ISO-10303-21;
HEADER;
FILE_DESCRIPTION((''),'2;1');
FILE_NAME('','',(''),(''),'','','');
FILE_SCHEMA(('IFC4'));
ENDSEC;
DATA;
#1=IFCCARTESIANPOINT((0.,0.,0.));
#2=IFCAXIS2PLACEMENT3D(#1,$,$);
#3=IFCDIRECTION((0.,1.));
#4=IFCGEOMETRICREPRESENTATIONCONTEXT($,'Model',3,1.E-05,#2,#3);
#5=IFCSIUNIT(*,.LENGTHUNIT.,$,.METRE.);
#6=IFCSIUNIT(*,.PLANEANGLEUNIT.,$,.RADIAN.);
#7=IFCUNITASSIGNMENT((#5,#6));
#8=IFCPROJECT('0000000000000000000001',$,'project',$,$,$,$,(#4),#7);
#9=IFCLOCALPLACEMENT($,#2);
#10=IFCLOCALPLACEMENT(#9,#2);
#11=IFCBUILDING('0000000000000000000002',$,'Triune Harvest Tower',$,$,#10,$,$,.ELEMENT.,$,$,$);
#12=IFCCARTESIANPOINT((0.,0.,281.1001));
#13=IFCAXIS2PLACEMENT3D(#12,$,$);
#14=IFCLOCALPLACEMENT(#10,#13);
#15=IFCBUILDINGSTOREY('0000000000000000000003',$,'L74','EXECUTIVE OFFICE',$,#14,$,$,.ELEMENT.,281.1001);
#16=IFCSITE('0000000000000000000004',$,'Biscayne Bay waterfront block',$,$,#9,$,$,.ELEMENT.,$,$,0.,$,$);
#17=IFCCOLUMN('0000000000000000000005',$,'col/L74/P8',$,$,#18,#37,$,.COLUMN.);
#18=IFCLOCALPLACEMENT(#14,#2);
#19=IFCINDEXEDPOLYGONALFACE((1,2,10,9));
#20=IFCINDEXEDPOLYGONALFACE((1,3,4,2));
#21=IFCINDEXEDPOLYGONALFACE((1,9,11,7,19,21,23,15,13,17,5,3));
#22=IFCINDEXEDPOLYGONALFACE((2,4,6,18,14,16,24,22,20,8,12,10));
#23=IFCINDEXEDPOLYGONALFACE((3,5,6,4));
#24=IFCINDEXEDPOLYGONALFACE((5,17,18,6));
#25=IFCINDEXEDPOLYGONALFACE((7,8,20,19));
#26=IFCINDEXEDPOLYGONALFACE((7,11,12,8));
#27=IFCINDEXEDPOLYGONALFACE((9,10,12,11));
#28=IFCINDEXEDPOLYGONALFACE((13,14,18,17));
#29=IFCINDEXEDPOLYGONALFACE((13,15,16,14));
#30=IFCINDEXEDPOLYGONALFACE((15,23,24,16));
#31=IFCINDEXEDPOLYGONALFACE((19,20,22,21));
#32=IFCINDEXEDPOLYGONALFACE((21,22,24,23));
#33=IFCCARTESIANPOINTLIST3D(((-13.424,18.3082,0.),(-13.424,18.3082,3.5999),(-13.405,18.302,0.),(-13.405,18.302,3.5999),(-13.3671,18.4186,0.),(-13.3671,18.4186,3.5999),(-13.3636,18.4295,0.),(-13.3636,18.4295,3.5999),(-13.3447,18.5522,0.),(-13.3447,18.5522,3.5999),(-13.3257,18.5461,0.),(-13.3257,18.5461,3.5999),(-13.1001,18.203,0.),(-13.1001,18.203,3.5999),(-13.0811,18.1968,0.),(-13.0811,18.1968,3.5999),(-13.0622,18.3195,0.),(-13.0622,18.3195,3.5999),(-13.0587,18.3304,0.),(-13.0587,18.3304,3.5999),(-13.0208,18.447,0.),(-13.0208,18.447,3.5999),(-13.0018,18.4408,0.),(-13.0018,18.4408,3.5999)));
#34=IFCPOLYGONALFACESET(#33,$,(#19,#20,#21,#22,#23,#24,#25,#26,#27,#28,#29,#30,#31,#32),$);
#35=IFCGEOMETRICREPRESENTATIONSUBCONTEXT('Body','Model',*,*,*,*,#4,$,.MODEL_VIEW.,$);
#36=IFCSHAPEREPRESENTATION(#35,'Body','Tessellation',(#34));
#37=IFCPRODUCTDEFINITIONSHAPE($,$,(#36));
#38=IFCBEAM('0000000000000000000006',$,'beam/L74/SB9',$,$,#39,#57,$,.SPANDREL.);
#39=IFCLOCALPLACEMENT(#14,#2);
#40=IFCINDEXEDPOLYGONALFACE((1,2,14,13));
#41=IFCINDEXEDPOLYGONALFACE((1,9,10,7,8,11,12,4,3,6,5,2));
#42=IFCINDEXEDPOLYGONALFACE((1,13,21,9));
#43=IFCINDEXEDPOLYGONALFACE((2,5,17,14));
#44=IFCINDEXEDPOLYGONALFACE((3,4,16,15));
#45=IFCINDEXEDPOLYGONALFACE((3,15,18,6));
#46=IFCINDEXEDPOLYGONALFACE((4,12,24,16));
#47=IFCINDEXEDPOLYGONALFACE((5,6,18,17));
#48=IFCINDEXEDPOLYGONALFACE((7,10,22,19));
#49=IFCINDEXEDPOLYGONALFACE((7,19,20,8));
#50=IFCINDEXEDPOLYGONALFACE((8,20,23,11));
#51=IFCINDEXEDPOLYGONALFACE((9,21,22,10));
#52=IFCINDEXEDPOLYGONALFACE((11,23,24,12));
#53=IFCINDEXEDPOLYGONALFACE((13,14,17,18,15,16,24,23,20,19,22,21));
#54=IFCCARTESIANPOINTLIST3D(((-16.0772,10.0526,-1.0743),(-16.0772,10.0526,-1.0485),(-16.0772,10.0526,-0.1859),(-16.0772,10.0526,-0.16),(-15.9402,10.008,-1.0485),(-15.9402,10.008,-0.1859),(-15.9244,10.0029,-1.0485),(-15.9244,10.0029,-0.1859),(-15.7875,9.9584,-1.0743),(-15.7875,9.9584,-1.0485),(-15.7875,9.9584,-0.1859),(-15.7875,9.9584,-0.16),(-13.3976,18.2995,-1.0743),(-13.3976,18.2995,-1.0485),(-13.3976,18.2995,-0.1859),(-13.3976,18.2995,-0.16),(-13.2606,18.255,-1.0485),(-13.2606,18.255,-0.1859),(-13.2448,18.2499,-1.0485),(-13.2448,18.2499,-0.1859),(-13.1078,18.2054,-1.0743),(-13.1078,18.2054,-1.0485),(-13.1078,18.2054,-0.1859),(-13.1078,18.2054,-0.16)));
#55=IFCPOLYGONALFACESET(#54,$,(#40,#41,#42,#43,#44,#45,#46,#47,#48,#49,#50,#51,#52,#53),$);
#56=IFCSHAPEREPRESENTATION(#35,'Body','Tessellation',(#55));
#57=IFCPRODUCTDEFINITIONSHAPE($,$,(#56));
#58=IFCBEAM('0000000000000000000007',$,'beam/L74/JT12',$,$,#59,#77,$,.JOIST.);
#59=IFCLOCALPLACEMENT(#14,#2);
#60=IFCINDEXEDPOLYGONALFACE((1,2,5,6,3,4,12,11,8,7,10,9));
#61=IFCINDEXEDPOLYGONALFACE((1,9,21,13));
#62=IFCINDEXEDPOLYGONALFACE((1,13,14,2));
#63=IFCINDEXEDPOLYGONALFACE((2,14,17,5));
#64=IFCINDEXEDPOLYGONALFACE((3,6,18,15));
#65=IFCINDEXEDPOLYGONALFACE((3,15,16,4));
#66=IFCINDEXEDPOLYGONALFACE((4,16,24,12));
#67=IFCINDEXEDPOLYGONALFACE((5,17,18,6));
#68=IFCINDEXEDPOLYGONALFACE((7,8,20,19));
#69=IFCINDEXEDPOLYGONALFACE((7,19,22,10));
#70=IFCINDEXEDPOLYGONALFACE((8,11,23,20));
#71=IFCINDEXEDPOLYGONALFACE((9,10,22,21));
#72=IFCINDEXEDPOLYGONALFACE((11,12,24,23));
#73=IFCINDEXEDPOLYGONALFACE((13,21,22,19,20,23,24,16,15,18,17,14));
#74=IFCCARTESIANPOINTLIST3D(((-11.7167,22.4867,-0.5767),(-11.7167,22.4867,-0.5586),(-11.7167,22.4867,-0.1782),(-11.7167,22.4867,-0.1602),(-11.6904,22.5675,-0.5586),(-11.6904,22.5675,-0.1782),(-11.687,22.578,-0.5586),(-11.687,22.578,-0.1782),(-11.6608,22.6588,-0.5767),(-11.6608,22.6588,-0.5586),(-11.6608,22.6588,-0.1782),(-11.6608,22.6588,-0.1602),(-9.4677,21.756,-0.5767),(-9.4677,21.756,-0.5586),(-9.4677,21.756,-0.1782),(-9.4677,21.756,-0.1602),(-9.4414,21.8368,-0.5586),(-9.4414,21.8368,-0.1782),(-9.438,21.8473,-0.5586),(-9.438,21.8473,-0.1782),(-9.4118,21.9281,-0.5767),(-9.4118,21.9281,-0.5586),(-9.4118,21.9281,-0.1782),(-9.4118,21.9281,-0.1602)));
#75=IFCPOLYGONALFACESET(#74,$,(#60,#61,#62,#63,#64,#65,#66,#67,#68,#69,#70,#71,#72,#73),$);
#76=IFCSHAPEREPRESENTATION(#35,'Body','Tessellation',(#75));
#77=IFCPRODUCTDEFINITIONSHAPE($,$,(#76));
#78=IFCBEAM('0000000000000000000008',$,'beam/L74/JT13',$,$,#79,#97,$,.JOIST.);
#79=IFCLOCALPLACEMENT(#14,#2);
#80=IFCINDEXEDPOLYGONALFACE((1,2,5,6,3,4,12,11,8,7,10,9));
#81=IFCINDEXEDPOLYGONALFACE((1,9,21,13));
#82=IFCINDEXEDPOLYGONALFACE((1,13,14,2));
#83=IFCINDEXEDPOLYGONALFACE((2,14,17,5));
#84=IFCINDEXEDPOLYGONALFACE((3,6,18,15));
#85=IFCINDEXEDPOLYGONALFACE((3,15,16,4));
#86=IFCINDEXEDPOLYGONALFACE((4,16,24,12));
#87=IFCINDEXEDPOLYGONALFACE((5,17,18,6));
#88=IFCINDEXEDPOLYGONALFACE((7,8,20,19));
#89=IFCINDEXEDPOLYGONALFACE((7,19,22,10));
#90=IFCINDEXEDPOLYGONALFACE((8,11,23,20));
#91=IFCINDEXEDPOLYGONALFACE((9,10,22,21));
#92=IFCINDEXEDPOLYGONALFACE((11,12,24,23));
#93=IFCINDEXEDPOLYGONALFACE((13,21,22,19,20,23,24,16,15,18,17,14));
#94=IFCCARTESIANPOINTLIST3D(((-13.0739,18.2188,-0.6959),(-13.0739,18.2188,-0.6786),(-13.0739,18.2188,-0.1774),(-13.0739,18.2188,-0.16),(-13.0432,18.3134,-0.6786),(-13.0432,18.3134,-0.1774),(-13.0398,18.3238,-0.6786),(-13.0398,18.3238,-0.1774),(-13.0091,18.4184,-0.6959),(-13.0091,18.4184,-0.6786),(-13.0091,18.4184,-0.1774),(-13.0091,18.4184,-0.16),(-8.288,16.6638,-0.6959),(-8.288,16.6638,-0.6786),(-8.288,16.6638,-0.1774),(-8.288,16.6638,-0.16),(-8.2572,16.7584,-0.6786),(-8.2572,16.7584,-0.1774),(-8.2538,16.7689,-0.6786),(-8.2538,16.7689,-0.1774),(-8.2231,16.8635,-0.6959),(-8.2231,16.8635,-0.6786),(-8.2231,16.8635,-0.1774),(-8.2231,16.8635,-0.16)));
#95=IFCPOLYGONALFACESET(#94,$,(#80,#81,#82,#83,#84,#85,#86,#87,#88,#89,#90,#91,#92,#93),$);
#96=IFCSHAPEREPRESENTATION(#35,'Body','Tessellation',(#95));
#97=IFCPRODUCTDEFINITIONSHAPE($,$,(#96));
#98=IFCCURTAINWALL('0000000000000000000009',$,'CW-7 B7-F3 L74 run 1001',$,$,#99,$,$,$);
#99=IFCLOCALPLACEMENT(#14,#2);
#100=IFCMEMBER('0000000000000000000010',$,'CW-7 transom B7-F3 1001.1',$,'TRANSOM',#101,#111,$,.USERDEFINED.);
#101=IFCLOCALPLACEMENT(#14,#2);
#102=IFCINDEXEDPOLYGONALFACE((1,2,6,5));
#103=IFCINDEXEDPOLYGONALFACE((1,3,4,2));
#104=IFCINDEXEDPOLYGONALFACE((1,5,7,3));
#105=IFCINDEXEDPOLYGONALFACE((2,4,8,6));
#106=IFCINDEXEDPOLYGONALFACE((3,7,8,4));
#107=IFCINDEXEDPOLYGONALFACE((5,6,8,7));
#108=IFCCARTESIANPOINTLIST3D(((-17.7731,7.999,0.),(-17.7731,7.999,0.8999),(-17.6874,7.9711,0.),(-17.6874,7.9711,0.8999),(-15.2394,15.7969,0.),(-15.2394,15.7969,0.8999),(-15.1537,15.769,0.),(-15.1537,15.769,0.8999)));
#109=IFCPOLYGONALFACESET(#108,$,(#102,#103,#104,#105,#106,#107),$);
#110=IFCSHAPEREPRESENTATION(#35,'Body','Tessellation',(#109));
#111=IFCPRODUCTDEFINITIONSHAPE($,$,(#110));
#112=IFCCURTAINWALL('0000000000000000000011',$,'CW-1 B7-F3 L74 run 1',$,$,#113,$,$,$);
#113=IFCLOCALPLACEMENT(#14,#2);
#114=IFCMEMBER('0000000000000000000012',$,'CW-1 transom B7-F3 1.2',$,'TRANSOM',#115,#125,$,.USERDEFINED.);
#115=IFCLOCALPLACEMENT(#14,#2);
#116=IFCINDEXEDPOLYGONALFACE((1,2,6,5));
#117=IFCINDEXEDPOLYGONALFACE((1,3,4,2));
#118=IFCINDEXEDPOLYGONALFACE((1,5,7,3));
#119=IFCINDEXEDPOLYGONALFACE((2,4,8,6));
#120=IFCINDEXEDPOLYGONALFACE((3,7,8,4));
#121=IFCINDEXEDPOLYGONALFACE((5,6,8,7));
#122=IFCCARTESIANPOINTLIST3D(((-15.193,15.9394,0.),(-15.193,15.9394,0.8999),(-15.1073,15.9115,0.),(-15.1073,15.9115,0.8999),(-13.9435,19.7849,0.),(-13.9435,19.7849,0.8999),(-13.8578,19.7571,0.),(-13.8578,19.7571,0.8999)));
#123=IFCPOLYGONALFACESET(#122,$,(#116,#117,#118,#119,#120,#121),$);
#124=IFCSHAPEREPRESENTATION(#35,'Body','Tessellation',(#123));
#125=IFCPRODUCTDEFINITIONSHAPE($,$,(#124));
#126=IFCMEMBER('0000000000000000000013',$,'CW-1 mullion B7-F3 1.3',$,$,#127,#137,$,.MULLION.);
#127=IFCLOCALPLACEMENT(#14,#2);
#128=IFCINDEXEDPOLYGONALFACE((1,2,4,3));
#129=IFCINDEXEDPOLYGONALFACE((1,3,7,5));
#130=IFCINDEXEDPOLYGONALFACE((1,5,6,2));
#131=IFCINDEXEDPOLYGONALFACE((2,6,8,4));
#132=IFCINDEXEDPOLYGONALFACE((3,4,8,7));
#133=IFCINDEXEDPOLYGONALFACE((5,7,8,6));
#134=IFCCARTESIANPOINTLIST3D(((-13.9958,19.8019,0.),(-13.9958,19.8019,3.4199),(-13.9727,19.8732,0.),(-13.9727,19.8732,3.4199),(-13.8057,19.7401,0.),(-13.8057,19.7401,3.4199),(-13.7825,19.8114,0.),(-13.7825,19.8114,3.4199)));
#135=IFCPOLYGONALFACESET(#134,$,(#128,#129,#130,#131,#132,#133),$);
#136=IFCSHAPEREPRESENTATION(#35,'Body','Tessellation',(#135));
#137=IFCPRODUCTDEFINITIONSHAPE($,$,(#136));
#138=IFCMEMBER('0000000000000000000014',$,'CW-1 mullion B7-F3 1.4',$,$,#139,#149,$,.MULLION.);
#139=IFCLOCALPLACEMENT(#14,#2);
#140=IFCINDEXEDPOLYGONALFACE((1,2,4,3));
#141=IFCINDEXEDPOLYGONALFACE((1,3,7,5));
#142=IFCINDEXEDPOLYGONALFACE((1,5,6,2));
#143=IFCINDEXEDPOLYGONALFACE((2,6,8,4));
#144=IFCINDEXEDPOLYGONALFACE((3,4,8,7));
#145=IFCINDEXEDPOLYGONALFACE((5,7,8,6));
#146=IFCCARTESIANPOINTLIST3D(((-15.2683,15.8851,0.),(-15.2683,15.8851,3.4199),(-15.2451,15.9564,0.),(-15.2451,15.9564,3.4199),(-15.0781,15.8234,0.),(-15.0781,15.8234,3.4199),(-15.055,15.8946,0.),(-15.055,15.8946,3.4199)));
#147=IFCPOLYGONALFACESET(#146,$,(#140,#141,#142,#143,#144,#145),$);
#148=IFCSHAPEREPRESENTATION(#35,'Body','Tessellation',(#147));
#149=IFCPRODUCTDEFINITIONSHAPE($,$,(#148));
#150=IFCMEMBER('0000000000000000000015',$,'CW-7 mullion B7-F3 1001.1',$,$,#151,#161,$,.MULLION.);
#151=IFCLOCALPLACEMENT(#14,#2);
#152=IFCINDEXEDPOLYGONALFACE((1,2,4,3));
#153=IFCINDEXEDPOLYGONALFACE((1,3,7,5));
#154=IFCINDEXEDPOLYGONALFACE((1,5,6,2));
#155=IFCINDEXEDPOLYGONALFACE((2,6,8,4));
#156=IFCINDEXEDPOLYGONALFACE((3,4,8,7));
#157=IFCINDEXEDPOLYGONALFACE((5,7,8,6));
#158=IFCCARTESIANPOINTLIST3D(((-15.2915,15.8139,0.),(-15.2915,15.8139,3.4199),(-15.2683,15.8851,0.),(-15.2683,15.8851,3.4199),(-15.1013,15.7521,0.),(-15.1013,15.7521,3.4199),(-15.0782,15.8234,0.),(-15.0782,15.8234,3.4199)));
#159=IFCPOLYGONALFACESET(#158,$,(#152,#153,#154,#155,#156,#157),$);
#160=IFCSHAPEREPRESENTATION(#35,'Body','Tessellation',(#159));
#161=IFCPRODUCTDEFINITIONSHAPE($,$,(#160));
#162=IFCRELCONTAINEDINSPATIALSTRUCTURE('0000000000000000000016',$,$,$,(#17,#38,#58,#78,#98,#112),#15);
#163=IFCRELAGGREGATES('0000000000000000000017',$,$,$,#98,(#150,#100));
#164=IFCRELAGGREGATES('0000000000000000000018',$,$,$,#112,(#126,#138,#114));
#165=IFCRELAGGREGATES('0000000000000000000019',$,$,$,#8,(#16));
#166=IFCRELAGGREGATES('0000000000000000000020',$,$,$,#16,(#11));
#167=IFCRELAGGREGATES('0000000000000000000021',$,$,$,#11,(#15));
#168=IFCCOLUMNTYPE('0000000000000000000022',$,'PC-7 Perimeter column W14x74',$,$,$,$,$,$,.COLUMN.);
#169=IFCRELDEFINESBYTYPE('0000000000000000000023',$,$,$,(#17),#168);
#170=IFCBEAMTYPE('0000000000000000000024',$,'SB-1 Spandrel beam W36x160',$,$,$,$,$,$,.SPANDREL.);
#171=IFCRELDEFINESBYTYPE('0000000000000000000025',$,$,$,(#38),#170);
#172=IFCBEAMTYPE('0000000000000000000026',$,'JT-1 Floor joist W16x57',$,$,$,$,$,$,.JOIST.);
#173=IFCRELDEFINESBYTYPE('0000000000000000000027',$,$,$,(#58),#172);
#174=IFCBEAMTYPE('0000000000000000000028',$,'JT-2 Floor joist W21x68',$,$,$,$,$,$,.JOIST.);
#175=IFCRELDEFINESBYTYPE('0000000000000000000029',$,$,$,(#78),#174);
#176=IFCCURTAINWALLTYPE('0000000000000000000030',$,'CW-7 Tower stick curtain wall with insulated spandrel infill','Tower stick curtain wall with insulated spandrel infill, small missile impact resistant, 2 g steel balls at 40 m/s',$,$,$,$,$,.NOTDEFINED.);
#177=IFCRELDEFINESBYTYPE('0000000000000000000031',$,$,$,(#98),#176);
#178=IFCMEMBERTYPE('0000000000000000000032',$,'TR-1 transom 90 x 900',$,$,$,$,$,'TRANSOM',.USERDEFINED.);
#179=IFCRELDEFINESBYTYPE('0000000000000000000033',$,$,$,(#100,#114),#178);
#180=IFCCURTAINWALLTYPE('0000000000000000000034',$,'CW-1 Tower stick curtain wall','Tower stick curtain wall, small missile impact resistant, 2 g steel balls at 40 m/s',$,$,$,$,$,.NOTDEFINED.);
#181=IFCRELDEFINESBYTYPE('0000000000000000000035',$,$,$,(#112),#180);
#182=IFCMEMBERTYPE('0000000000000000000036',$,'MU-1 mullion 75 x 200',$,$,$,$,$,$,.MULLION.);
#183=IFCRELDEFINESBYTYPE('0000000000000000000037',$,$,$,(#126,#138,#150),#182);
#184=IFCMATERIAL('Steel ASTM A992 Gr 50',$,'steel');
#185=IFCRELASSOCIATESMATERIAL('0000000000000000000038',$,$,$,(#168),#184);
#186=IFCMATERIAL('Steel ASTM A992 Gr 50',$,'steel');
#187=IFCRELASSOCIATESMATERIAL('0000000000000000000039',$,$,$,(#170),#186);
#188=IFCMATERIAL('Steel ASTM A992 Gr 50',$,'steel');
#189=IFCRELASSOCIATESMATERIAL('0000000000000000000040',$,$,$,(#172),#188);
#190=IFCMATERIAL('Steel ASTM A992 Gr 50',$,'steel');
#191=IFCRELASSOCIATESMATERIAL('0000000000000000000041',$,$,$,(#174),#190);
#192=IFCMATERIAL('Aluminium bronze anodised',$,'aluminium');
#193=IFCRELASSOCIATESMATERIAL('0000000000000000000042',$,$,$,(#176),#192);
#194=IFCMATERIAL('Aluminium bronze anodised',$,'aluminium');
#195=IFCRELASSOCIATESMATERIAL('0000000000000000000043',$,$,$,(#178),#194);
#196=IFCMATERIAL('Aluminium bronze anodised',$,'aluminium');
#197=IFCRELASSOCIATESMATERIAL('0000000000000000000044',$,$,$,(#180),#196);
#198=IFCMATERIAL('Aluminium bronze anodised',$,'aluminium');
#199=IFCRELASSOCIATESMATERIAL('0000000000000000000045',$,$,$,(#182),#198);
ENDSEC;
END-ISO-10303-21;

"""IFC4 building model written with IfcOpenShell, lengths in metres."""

from ifc_helpers import new_model, si_unit, direction, frame, origin, origin_2d, place, context, subcontext, project, spatial, rectangle, i_section, extrude, source, transform, mapped, material, material_profile, profile_set, type_object, element, aggregate, save


model = new_model("IFC4")

# Units and contexts
model_context = context("Model", 3, precision=1e-05, world=origin(), true_north=direction((0.0, 1.0)))
body_context = subcontext(model_context, "Body", "Model", "MODEL_VIEW")
ifc_project = project(units=[si_unit("LENGTHUNIT", "METRE"), si_unit("PLANEANGLEUNIT", "RADIAN")], contexts=[model_context])

# Site, building, storey
site_placement = place(None, origin())
site = spatial("IfcSite", under=ifc_project, at=site_placement, Name="Biscayne Bay waterfront block", CompositionType="ELEMENT", RefElevation=0.0)
building_placement = place(site_placement, origin())
building = spatial("IfcBuilding", under=site, at=building_placement, Name="Triune Harvest Tower", CompositionType="ELEMENT")
storey_placement = place(building_placement, frame((0.0, 0.0, 281.1001)))
storey = spatial("IfcBuildingStorey", under=building, at=storey_placement, Name="L74", Description="EXECUTIVE OFFICE", CompositionType="ELEMENT", Elevation=281.1001)

# Column
ifc_material_1 = material(Name="Steel ASTM A992 Gr 50", Category="steel")
ifc_material_profile_1 = material_profile(ifc_material_1, i_section(OverallWidth=0.2566, OverallDepth=0.3606, WebThickness=0.0115, FlangeThickness=0.02, at=origin_2d()), Name="W14x74")
ifc_profile_set_1 = profile_set([ifc_material_profile_1], Name="Steel ASTM A992 Gr 50")
column_type = type_object("IfcColumnType", Name="PC-7 Perimeter column W14x74", PredefinedType="COLUMN", material=ifc_profile_set_1)
shared_shape_1 = source(origin(), body_context, "Body", "SweptSolid", [
    extrude(i_section(OverallWidth=0.2566, OverallDepth=0.3606, WebThickness=0.0115, FlangeThickness=0.02, at=origin_2d()), origin(), (0.0, 0.0, 1.0), 3.5999),
])
column_placement = place(storey_placement, frame((-13.2129, 18.3745, 0.0), z_axis=(0.0, 0.0, 1.0), x_axis=(-0.309015, -0.951057, 0.0)))
element("IfcColumn", 1, at=column_placement, inside=storey, type_object=column_type, Name="col/L74/P8", PredefinedType="COLUMN", context=body_context, shape_type="MappedRepresentation", body=[
    mapped(shared_shape_1, transform((0.0, 0.0, 0.0), scale=1.0)),
])

# Beams
ifc_material_2 = material(Name="Steel ASTM A992 Gr 50", Category="steel")
ifc_material_profile_2 = material_profile(ifc_material_2, i_section(OverallWidth=0.3047, OverallDepth=0.9143, WebThickness=0.0166, FlangeThickness=0.0259, at=origin_2d()), Name="W36x160")
ifc_profile_set_2 = profile_set([ifc_material_profile_2], Name="Steel ASTM A992 Gr 50")
beam_type_1 = type_object("IfcBeamType", Name="SB-1 Spandrel beam W36x160", PredefinedType="SPANDREL", material=ifc_profile_set_2)
shared_shape_2 = source(origin(), body_context, "Body", "SweptSolid", [
    extrude(i_section(OverallWidth=0.3047, OverallDepth=0.9143, WebThickness=0.0166, FlangeThickness=0.0259, at=origin_2d()), origin(), (0.0, 0.0, 1.0), 8.6714),
])
beam_1_placement = place(storey_placement, frame((-13.2527, 18.2524, -0.6172), z_axis=(-0.309022, -0.951055, 0.0), x_axis=(0.951055, -0.309022, 0.0)))
element("IfcBeam", 2, at=beam_1_placement, inside=storey, type_object=beam_type_1, Name="beam/L74/SB9", PredefinedType="SPANDREL", context=body_context, shape_type="MappedRepresentation", body=[
    mapped(shared_shape_2, transform((0.0, 0.0, 0.0), scale=1.0)),
])
ifc_material_3 = material(Name="Steel ASTM A992 Gr 50", Category="steel")
ifc_material_profile_3 = material_profile(ifc_material_3, i_section(OverallWidth=0.1809, OverallDepth=0.4165, WebThickness=0.011, FlangeThickness=0.0181, at=origin_2d()), Name="W16x57")
ifc_profile_set_3 = profile_set([ifc_material_profile_3], Name="Steel ASTM A992 Gr 50")
beam_type_2 = type_object("IfcBeamType", Name="JT-1 Floor joist W16x57", PredefinedType="JOIST", material=ifc_profile_set_3)
shared_shape_3 = source(origin(), body_context, "Body", "SweptSolid", [
    extrude(i_section(OverallWidth=0.1809, OverallDepth=0.4165, WebThickness=0.011, FlangeThickness=0.0181, at=origin_2d()), origin(), (0.0, 0.0, 1.0), 2.3647),
])
beam_2_placement = place(storey_placement, frame((-11.6887, 22.5728, -0.3684), z_axis=(0.951061, -0.309002, 0.0), x_axis=(0.309002, 0.951061, 0.0)))
element("IfcBeam", 3, at=beam_2_placement, inside=storey, type_object=beam_type_2, Name="beam/L74/JT12", PredefinedType="JOIST", context=body_context, shape_type="MappedRepresentation", body=[
    mapped(shared_shape_3, transform((0.0, 0.0, 0.0), scale=1.0)),
])
ifc_material_4 = material(Name="Steel ASTM A992 Gr 50", Category="steel")
ifc_material_profile_4 = material_profile(ifc_material_4, i_section(OverallWidth=0.21, OverallDepth=0.5359, WebThickness=0.011, FlangeThickness=0.0173, at=origin_2d()), Name="W21x68")
ifc_profile_set_4 = profile_set([ifc_material_profile_4], Name="Steel ASTM A992 Gr 50")
beam_type_3 = type_object("IfcBeamType", Name="JT-2 Floor joist W21x68", PredefinedType="JOIST", material=ifc_profile_set_4)
shared_shape_4 = source(origin(), body_context, "Body", "SweptSolid", [
    extrude(i_section(OverallWidth=0.21, OverallDepth=0.5359, WebThickness=0.011, FlangeThickness=0.0173, at=origin_2d()), origin(), (0.0, 0.0, 1.0), 5.0322),
])
beam_3_placement = place(storey_placement, frame((-13.0415, 18.3186, -0.428), z_axis=(0.951062, -0.308999, 0.0), x_axis=(0.308999, 0.951062, 0.0)))
element("IfcBeam", 4, at=beam_3_placement, inside=storey, type_object=beam_type_3, Name="beam/L74/JT13", PredefinedType="JOIST", context=body_context, shape_type="MappedRepresentation", body=[
    mapped(shared_shape_4, transform((0.0, 0.0, 0.0), scale=1.0)),
])

# Curtain wall, member
ifc_material_5 = material(Name="Aluminium bronze anodised", Category="aluminium")
curtain_wall_type_1 = type_object("IfcCurtainWallType", Name="CW-7 Tower stick curtain wall with insulated spandrel infill", Description="Tower stick curtain wall with insulated spandrel infill, small missile impact resistant, 2 g steel balls at 40 m/s", PredefinedType="NOTDEFINED", material=ifc_material_5)
curtain_wall_1_placement = place(storey_placement, origin())
curtain_wall_1 = element("IfcCurtainWall", 5, at=curtain_wall_1_placement, inside=storey, type_object=curtain_wall_type_1, Name="CW-7 B7-F3 L74 run 1001")
ifc_material_6 = material(Name="Aluminium bronze anodised", Category="aluminium")
ifc_material_profile_5 = material_profile(ifc_material_6, rectangle(XDim=0.0901, YDim=0.8999, at=origin_2d()), Name="TR-1 transom 90 x 900")
ifc_profile_set_5 = profile_set([ifc_material_profile_5], Name="Aluminium bronze anodised")
member_type_1 = type_object("IfcMemberType", Name="TR-1 transom 90 x 900", ElementType="TRANSOM", PredefinedType="USERDEFINED", material=ifc_profile_set_5)
shared_shape_5 = source(origin(), body_context, "Body", "SweptSolid", [
    extrude(rectangle(XDim=0.0901, YDim=0.8999, at=origin_2d()), origin(), (0.0, 0.0, 1.0), 8.1992),
])
member_1_placement = place(storey_placement, frame((-15.1965, 15.783, 0.45), z_axis=(-0.309019, -0.951056, 0.0), x_axis=(0.951056, -0.309019, 0.0)))
member_1 = element("IfcMember", 6, at=member_1_placement, type_object=member_type_1, Name="CW-7 transom B7-F3 1001.1", ObjectType="TRANSOM", PredefinedType="USERDEFINED", context=body_context, shape_type="MappedRepresentation", body=[
    mapped(shared_shape_5, transform((0.0, 0.0, 0.0), scale=1.0)),
])

# Curtain wall, members
ifc_material_7 = material(Name="Aluminium bronze anodised", Category="aluminium")
curtain_wall_type_2 = type_object("IfcCurtainWallType", Name="CW-1 Tower stick curtain wall", Description="Tower stick curtain wall, small missile impact resistant, 2 g steel balls at 40 m/s", PredefinedType="NOTDEFINED", material=ifc_material_7)
curtain_wall_2_placement = place(storey_placement, origin())
curtain_wall_2 = element("IfcCurtainWall", 7, at=curtain_wall_2_placement, inside=storey, type_object=curtain_wall_type_2, Name="CW-1 B7-F3 L74 run 1")
shared_shape_6 = source(origin(), body_context, "Body", "SweptSolid", [
    extrude(rectangle(XDim=0.0901, YDim=0.8999, at=origin_2d()), origin(), (0.0, 0.0, 1.0), 4.0435),
])
member_2_placement = place(storey_placement, frame((-13.9006, 19.771, 0.45), z_axis=(-0.309027, -0.951053, 0.0), x_axis=(0.951053, -0.309027, 0.0)))
member_2 = element("IfcMember", 8, at=member_2_placement, type_object=member_type_1, Name="CW-1 transom B7-F3 1.2", ObjectType="TRANSOM", PredefinedType="USERDEFINED", context=body_context, shape_type="MappedRepresentation", body=[
    mapped(shared_shape_6, transform((0.0, 0.0, 0.0), scale=1.0)),
])
ifc_material_8 = material(Name="Aluminium bronze anodised", Category="aluminium")
ifc_material_profile_6 = material_profile(ifc_material_8, rectangle(XDim=0.2, YDim=0.075, at=origin_2d()), Name="MU-1 mullion 75 x 200")
ifc_profile_set_6 = profile_set([ifc_material_profile_6], Name="Aluminium bronze anodised")
member_type_2 = type_object("IfcMemberType", Name="MU-1 mullion 75 x 200", PredefinedType="MULLION", material=ifc_profile_set_6)
shared_shape_7 = source(origin(), body_context, "Body", "SweptSolid", [
    extrude(rectangle(XDim=0.2, YDim=0.075, at=origin_2d()), origin(), (0.0, 0.0, 1.0), 3.4199),
])
member_3_placement = place(storey_placement, frame((-13.8892, 19.8066, 0.0), z_axis=(0.0, 0.0, 1.0), x_axis=(0.951058, -0.309013, 0.0)))
member_3 = element("IfcMember", 9, at=member_3_placement, type_object=member_type_2, Name="CW-1 mullion B7-F3 1.3", PredefinedType="MULLION", context=body_context, shape_type="MappedRepresentation", body=[
    mapped(shared_shape_7, transform((0.0, 0.0, 0.0), scale=1.0)),
])
member_4_placement = place(storey_placement, frame((-15.1616, 15.8899, 0.0), z_axis=(0.0, 0.0, 1.0), x_axis=(0.951058, -0.309013, 0.0)))
member_4 = element("IfcMember", 10, at=member_4_placement, type_object=member_type_2, Name="CW-1 mullion B7-F3 1.4", PredefinedType="MULLION", context=body_context, shape_type="MappedRepresentation", body=[
    mapped(shared_shape_7, transform((0.0, 0.0, 0.0), scale=1.0)),
])

# Member
member_5_placement = place(storey_placement, frame((-15.1848, 15.8186, 0.0), z_axis=(0.0, 0.0, 1.0), x_axis=(0.951056, -0.30902, 0.0)))
member_5 = element("IfcMember", 11, at=member_5_placement, type_object=member_type_2, Name="CW-7 mullion B7-F3 1001.1", PredefinedType="MULLION", context=body_context, shape_type="MappedRepresentation", body=[
    mapped(shared_shape_7, transform((0.0, 0.0, 0.0), scale=1.0)),
])
aggregate(curtain_wall_1, [member_5, member_1])

aggregate(curtain_wall_2, [member_3, member_4, member_2])

save(model, "model.ifc")
